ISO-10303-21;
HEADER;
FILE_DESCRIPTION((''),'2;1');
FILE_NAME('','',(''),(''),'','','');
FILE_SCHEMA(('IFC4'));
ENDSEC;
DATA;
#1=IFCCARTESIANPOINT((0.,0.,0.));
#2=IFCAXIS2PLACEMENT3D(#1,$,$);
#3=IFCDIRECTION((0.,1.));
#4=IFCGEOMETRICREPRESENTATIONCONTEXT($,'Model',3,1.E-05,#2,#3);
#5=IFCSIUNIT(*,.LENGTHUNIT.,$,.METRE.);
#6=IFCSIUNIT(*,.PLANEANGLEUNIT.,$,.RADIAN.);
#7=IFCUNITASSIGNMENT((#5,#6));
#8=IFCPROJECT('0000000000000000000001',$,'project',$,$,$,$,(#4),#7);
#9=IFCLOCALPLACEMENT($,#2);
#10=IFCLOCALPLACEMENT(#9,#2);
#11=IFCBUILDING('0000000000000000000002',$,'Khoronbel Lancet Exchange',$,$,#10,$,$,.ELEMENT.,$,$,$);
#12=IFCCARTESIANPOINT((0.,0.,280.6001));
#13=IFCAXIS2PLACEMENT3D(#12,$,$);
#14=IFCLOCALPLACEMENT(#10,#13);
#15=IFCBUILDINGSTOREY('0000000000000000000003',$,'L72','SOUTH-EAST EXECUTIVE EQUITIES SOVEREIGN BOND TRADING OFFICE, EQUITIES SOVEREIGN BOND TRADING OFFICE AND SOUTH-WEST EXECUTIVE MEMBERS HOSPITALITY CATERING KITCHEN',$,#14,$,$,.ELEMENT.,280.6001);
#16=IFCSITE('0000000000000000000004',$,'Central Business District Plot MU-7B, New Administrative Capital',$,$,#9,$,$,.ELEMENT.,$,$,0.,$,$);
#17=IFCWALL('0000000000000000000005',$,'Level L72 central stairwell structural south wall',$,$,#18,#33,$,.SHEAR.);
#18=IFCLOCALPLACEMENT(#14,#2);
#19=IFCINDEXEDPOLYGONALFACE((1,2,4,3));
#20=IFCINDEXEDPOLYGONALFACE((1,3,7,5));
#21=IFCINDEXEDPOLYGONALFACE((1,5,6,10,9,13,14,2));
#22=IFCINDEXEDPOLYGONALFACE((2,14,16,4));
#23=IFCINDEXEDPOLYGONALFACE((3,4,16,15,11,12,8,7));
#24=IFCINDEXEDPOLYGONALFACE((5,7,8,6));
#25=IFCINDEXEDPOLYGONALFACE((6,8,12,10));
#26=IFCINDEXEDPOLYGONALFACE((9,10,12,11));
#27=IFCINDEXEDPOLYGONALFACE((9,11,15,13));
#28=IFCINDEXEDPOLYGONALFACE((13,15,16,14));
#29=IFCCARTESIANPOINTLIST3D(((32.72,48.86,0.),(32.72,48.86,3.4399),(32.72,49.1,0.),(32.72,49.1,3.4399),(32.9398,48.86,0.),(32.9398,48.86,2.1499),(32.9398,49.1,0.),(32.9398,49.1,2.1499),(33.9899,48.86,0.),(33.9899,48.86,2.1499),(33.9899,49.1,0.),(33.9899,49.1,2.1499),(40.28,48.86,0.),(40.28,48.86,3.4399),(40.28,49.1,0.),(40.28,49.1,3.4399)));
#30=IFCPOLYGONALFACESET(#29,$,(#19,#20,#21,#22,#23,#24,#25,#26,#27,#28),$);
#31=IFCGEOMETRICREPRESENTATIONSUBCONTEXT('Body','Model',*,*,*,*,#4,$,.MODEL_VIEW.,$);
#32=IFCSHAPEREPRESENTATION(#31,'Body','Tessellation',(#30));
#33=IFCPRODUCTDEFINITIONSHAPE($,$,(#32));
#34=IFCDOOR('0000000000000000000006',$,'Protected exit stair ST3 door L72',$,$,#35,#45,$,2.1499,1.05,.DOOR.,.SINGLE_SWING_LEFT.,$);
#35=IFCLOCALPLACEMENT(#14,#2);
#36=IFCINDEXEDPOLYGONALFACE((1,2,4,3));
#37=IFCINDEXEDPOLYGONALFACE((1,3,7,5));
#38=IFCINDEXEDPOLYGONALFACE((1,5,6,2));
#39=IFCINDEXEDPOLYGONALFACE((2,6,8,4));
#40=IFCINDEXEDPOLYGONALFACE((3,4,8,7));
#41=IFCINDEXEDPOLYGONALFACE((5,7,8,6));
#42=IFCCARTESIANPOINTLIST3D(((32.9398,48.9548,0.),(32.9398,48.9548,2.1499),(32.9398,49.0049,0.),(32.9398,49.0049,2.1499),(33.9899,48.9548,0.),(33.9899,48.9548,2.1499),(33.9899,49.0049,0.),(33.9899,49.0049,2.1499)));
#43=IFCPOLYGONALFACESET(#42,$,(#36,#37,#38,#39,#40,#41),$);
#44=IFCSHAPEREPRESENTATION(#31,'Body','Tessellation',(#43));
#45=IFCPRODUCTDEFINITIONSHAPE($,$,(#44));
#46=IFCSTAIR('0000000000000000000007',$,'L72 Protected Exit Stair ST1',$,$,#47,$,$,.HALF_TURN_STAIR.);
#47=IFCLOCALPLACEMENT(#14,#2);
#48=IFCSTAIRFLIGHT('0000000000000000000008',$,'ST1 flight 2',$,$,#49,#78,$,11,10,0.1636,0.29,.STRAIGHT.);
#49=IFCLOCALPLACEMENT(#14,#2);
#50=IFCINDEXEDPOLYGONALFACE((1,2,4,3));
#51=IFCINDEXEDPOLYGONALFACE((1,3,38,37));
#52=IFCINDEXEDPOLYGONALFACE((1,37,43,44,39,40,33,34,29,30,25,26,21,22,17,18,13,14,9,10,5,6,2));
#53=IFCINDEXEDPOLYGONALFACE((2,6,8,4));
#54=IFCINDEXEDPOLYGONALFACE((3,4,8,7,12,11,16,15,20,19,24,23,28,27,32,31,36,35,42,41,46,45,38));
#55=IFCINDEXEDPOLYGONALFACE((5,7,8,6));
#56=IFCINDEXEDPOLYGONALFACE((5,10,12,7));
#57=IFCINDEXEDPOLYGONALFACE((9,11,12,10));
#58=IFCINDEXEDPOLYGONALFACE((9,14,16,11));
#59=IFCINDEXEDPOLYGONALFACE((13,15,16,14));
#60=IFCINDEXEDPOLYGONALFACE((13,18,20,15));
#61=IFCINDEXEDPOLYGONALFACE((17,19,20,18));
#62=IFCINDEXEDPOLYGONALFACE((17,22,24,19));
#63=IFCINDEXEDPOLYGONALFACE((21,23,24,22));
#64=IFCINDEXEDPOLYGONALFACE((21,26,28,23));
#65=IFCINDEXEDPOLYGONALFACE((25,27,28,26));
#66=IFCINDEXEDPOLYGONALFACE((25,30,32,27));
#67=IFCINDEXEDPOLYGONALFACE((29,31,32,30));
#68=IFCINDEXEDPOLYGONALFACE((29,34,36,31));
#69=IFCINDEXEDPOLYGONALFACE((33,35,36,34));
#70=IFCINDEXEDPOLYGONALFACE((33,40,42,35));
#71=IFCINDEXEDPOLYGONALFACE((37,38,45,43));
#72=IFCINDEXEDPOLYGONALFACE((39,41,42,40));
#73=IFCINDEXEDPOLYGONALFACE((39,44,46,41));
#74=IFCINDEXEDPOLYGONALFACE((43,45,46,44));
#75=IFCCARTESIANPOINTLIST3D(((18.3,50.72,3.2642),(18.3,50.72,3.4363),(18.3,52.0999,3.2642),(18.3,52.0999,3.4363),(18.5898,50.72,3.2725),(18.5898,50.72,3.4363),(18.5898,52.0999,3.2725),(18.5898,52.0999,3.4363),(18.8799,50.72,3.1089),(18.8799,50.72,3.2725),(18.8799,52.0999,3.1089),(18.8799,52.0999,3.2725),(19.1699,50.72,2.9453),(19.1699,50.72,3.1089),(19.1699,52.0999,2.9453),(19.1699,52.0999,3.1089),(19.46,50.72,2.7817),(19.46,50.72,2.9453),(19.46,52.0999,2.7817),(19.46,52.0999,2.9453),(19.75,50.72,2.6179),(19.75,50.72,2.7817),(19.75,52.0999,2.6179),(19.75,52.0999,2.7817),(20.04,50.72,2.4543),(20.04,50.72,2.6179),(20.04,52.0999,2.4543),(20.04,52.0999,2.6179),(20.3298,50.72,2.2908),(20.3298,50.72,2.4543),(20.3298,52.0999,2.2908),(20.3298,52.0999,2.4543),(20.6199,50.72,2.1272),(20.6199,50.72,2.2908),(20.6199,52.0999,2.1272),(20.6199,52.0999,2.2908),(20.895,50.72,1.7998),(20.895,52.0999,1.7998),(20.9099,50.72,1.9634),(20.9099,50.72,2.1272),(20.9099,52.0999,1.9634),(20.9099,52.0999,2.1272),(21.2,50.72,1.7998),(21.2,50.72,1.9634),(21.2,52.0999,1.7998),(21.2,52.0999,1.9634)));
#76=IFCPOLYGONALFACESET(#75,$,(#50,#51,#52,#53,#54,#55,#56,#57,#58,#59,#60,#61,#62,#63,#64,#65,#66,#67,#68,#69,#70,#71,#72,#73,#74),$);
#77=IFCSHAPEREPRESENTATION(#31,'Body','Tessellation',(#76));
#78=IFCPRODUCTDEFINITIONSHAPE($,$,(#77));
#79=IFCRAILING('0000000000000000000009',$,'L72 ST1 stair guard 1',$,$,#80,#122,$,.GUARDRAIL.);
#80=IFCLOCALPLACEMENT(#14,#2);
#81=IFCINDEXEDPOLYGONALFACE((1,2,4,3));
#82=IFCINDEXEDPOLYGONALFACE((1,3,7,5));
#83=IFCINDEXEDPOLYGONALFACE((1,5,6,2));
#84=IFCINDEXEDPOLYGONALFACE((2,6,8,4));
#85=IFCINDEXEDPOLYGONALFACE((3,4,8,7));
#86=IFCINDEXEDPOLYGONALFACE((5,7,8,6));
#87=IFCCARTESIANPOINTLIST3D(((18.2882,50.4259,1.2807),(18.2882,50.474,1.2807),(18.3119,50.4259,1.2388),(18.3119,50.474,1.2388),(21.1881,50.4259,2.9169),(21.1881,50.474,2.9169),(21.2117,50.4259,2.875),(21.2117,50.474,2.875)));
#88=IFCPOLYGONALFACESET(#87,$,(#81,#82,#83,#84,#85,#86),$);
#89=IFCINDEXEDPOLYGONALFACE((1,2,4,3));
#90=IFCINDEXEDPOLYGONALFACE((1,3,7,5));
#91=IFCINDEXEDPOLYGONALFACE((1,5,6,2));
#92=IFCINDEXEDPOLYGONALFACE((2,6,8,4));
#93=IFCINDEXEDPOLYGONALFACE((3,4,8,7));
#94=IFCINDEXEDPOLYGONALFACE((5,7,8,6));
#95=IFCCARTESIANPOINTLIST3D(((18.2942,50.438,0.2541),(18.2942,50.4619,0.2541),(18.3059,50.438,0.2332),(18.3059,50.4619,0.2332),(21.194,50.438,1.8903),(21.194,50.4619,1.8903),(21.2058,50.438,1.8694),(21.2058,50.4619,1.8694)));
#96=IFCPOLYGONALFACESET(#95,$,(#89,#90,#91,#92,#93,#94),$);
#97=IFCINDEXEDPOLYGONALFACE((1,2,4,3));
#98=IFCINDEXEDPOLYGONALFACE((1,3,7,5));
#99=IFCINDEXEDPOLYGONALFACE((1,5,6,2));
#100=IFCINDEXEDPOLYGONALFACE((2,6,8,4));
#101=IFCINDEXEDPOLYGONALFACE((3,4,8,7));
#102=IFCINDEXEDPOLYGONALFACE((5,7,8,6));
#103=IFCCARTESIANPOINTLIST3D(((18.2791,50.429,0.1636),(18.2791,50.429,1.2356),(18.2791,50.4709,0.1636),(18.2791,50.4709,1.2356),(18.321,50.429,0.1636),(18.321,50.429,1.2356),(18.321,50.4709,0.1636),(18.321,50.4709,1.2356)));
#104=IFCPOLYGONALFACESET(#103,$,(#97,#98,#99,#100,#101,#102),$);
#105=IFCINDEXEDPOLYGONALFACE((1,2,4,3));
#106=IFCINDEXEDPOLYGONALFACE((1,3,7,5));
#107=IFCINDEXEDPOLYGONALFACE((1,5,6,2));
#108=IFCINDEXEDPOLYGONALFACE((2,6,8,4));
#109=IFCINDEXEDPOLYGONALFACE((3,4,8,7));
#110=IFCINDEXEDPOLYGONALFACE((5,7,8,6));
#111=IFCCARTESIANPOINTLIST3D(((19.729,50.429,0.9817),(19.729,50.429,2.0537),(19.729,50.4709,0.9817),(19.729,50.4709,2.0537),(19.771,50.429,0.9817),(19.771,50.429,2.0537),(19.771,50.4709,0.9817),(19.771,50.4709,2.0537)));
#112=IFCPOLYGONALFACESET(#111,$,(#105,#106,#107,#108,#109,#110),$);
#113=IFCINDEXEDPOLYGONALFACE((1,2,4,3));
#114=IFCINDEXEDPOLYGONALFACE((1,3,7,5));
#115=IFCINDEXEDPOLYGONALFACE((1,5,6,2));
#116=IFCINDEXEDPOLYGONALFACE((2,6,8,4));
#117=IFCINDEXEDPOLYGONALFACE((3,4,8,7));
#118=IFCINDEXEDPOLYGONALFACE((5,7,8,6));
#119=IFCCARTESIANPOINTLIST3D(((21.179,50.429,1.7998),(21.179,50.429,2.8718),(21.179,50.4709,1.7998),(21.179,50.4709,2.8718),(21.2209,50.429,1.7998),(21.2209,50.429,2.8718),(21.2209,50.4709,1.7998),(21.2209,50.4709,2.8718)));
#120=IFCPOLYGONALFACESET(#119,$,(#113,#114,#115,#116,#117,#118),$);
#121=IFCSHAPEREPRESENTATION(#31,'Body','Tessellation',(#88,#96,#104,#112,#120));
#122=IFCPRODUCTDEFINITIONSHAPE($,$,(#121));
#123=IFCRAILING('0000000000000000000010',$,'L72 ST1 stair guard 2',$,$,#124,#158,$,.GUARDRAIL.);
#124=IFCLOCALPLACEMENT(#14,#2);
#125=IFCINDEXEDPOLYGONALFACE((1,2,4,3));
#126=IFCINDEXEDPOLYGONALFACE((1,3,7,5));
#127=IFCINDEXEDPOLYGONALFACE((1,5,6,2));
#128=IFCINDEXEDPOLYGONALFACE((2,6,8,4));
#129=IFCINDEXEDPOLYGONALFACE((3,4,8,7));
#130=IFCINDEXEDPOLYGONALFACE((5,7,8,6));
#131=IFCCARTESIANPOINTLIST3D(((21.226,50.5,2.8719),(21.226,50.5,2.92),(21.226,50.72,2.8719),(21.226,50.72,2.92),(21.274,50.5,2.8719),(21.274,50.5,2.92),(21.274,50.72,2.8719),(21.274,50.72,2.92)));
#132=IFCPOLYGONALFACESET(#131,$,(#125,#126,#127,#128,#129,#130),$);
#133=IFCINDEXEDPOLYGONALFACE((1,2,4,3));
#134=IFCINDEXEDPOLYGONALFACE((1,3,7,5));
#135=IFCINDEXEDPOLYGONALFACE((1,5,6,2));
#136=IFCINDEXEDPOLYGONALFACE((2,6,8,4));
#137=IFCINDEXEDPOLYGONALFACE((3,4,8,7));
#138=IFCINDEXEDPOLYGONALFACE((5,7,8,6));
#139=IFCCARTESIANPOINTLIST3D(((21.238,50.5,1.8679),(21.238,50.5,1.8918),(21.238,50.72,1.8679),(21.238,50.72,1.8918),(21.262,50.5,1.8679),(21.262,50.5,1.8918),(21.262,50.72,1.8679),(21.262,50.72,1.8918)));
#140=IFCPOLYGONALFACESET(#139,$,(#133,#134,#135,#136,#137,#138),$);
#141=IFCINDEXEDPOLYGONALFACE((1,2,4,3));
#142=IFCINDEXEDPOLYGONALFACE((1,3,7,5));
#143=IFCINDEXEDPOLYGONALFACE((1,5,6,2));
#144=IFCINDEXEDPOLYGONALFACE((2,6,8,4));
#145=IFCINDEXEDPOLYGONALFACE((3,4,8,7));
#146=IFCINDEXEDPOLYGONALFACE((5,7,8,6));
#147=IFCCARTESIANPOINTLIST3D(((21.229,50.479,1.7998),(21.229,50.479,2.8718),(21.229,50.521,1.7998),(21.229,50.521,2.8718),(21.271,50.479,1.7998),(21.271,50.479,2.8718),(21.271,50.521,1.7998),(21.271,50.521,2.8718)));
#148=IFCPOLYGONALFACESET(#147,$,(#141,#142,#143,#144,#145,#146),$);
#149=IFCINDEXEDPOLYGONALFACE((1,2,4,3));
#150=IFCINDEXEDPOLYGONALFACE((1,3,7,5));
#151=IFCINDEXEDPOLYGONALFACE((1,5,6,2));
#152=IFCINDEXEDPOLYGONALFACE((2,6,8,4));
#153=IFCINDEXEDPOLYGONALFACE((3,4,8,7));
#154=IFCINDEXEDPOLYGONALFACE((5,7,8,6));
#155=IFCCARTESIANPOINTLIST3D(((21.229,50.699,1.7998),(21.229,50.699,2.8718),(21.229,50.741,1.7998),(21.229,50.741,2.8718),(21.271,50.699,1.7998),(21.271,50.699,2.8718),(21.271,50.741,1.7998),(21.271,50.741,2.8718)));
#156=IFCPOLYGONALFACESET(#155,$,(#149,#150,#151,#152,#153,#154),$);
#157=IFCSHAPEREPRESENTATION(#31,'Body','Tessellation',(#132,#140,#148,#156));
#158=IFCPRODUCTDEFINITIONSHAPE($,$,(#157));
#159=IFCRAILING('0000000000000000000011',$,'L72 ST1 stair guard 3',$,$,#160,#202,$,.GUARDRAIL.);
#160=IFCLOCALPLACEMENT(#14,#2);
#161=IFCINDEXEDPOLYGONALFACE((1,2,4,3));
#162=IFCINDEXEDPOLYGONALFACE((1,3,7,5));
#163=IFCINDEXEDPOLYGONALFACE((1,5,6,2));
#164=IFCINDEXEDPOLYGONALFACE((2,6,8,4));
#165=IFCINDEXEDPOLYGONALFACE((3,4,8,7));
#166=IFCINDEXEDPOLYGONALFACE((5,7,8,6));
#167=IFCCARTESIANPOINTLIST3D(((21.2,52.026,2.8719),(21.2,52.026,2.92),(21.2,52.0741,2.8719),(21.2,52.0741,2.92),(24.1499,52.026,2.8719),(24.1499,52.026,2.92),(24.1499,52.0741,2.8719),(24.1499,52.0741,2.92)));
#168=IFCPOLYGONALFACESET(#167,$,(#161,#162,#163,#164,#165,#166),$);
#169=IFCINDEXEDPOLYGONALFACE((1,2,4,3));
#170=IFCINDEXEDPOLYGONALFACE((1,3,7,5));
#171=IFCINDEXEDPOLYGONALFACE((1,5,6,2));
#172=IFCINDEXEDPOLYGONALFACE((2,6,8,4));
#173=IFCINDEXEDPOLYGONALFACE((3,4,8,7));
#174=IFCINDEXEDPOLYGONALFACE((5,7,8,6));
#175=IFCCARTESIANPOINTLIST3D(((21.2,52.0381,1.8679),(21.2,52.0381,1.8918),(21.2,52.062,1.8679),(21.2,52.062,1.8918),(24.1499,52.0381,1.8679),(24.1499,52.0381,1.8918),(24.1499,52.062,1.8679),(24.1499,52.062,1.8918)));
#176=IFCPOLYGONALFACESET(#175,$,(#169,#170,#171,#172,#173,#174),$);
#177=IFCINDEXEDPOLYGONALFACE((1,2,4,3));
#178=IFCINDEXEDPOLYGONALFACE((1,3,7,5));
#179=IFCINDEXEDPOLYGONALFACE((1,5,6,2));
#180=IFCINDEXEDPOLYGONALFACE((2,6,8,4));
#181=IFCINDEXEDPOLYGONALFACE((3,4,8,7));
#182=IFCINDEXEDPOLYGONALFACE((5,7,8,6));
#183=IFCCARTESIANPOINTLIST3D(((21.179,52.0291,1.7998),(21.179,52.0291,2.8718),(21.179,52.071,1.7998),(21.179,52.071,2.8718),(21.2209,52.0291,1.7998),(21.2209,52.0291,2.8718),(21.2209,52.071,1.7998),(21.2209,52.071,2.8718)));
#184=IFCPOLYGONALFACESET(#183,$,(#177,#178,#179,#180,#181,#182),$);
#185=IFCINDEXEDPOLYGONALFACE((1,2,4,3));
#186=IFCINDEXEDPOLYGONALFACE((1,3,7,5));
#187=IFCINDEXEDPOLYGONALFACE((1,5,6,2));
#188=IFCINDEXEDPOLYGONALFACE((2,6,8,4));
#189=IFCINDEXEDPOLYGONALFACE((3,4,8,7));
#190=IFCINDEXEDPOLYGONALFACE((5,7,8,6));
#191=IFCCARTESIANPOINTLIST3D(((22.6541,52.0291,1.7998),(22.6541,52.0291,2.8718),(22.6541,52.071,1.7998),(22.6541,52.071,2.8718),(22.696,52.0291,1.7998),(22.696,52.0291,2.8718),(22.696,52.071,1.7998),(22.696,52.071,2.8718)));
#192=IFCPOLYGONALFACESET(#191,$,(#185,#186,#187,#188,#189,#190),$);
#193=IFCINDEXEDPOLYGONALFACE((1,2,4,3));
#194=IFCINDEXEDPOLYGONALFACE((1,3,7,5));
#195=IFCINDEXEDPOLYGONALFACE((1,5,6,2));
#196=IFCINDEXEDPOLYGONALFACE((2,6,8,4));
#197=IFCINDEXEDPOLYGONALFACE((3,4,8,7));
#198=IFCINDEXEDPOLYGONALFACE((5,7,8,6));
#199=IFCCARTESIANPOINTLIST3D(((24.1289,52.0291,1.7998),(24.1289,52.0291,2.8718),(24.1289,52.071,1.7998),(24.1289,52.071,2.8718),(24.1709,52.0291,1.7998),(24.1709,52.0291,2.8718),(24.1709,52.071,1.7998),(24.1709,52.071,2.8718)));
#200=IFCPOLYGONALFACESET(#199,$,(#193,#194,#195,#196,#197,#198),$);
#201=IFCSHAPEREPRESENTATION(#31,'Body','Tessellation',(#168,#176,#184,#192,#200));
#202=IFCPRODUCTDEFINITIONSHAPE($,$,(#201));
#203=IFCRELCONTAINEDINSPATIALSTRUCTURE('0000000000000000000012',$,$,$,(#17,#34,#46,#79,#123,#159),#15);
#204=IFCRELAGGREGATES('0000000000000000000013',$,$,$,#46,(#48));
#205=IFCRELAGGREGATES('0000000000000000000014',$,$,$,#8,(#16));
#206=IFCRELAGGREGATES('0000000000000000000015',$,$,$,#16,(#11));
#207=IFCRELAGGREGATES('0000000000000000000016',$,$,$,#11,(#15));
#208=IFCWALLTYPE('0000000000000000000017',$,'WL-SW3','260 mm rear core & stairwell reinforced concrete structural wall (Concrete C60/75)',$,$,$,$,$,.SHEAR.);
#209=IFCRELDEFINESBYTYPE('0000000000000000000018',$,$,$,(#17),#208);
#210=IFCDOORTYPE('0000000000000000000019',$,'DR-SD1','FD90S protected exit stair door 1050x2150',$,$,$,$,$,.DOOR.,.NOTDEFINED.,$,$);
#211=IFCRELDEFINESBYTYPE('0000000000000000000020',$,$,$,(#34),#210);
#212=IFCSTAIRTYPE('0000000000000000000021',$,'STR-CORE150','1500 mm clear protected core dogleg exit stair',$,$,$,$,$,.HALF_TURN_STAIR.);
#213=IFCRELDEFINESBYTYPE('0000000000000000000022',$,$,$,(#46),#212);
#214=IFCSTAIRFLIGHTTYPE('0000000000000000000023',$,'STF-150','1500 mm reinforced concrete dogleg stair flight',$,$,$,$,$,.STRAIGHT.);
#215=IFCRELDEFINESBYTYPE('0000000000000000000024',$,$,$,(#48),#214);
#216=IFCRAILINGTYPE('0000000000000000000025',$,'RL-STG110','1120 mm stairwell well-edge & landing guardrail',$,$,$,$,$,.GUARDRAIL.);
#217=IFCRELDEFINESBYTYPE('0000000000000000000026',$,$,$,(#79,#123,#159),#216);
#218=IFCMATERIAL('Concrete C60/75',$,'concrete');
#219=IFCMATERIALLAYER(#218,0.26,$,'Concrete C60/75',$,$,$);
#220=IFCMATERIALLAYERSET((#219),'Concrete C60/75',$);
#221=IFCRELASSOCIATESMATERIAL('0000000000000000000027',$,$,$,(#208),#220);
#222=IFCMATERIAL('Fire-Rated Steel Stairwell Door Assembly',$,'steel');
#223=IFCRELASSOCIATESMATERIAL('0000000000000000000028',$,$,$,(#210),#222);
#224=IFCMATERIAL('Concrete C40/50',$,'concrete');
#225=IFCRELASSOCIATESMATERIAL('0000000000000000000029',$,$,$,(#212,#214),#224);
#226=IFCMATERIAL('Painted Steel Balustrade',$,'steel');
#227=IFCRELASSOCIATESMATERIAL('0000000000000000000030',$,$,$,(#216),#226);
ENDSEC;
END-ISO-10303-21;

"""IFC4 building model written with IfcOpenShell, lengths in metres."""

from ifc_helpers import new_model, si_unit, direction, frame, frame_2d, origin, origin_2d, place, context, subcontext, project, spatial, polyline, rectangle, outline, extrude, material, layer, layer_set, type_object, element, fill, aggregate, save


model = new_model("IFC4")

# Units and contexts
model_context = context("Model", 3, precision=1e-05, world=origin(), true_north=direction((0.0, 1.0)))
body_context = subcontext(model_context, "Body", "Model", "MODEL_VIEW")
ifc_project = project(units=[si_unit("LENGTHUNIT", "METRE"), si_unit("PLANEANGLEUNIT", "RADIAN")], contexts=[model_context])

# Site, building, storey
site_placement = place(None, origin())
site = spatial("IfcSite", under=ifc_project, at=site_placement, Name="Central Business District Plot MU-7B, New Administrative Capital", CompositionType="ELEMENT", RefElevation=0.0)
building_placement = place(site_placement, origin())
building = spatial("IfcBuilding", under=site, at=building_placement, Name="Khoronbel Lancet Exchange", CompositionType="ELEMENT")
storey_placement = place(building_placement, frame((0.0, 0.0, 280.6001)))
storey = spatial("IfcBuildingStorey", under=building, at=storey_placement, Name="L72", Description="SOUTH-EAST EXECUTIVE EQUITIES SOVEREIGN BOND TRADING OFFICE, EQUITIES SOVEREIGN BOND TRADING OFFICE AND SOUTH-WEST EXECUTIVE MEMBERS HOSPITALITY CATERING KITCHEN", CompositionType="ELEMENT", Elevation=280.6001)

# Shared definitions
ifc_material_1 = material(Name="Concrete C60/75", Category="concrete")
ifc_layer_1 = layer(ifc_material_1, 0.26, Name="Concrete C60/75")
ifc_layer_set_1 = layer_set([ifc_layer_1], Name="Concrete C60/75")
wall_type_1 = type_object("IfcWallType", Name="WL-SW3", Description="260 mm rear core & stairwell reinforced concrete structural wall (Concrete C60/75)", PredefinedType="SHEAR", material=ifc_layer_set_1)

# Wall, opening, door
wall_1_placement = place(storey_placement, frame((32.72, 48.98, 0.0), z_axis=(0.0, 0.0, 1.0), x_axis=(1.0, 0.0, 0.0)))
wall_1 = element("IfcWall", 1, at=wall_1_placement, inside=storey, type_object=wall_type_1, Name="Level L72 central stairwell structural south wall", PredefinedType="SHEAR", context=body_context, shape_type="SweptSolid", body=[
    extrude(rectangle(XDim=7.5601, YDim=0.24, at=frame_2d((3.78, 0.0))), origin(), (0.0, 0.0, 1.0), 3.4399),
])
opening_1_placement = place(wall_1_placement, frame((0.22, 0.0, 0.0)))
opening_1 = element("IfcOpeningElement", 2, at=opening_1_placement, cuts=wall_1, PredefinedType="OPENING", context=body_context, shape_type="SweptSolid", body=[
    extrude(rectangle(XDim=1.05, YDim=2.1499, at=frame_2d((0.5249, 1.075))), frame((0.0, 0.1299, 0.0), z_axis=(0.0, -1.0, 0.0), x_axis=(1.0, 0.0, 0.0)), (0.0, 0.0, 1.0), 0.26),
])
ifc_material_2 = material(Name="Fire-Rated Steel Stairwell Door Assembly", Category="steel")
door_type_1 = type_object("IfcDoorType", Name="DR-SD1", Description="FD90S protected exit stair door 1050x2150", OperationType="NOTDEFINED", PredefinedType="DOOR", material=ifc_material_2)
door_1_placement = place(opening_1_placement, origin())
door_1 = element("IfcDoor", 3, at=door_1_placement, inside=storey, type_object=door_type_1, Name="Protected exit stair ST3 door L72", OperationType="SINGLE_SWING_LEFT", OverallHeight=2.1499, OverallWidth=1.05, PredefinedType="DOOR", context=body_context, shape_type="SweptSolid", body=[
    extrude(rectangle(XDim=1.05, YDim=2.1499, at=frame_2d((0.5249, 1.075))), frame((0.0, 0.0249, 0.0), z_axis=(0.0, -1.0, 0.0), x_axis=(1.0, 0.0, 0.0)), (0.0, 0.0, 1.0), 0.05),
])
fill(opening_1, door_1)

# Stair, stair flight
ifc_material_3 = material(Name="Concrete C40/50", Category="concrete")
stair_type = type_object("IfcStairType", Name="STR-CORE150", Description="1500 mm clear protected core dogleg exit stair", PredefinedType="HALF_TURN_STAIR", material=ifc_material_3)
stair_placement = place(storey_placement, origin())
stair = element("IfcStair", 4, at=stair_placement, inside=storey, type_object=stair_type, Name="L72 Protected Exit Stair ST1", PredefinedType="HALF_TURN_STAIR")
stair_flight_type = type_object("IfcStairFlightType", Name="STF-150", Description="1500 mm reinforced concrete dogleg stair flight", PredefinedType="STRAIGHT", material=ifc_material_3)
stair_flight_placement = place(storey_placement, frame((21.2, 51.4099, 1.7998), z_axis=(0.0, 0.0, 1.0), x_axis=(-1.0, 0.0, 0.0)))
stair_flight = element("IfcStairFlight", 5, at=stair_flight_placement, type_object=stair_flight_type, Name="ST1 flight 2", NumberOfRisers=11, NumberOfTreads=10, PredefinedType="STRAIGHT", RiserHeight=0.1636, TreadLength=0.29, context=body_context, shape_type="SweptSolid", body=[
    extrude(outline(polyline([(0.0, 0.0), (0.0, 0.1636), (0.29, 0.1636), (0.29, 0.3274), (0.5801, 0.3274), (0.5801, 0.491), (0.8701, 0.491), (0.8701, 0.6545), (1.1599, 0.6545), (1.1599, 0.8181), (1.45, 0.8181), (1.45, 0.9819), (1.74, 0.9819), (1.74, 1.1455), (2.03, 1.1455), (2.03, 1.3091), (2.3201, 1.3091), (2.3201, 1.4727), (2.6101, 1.4727), (2.6101, 1.6365), (2.8999, 1.6365), (2.8999, 1.8), (2.8999, 1.4644), (0.3049, 0.0), (0.0, 0.0)])), frame((0.0, 0.6899, 0.0), z_axis=(0.0, -1.0, 0.0), x_axis=(1.0, 0.0, 0.0)), (0.0, 0.0, 1.0), 1.3799),
])
aggregate(stair, [stair_flight])

# Railings
ifc_material_4 = material(Name="Painted Steel Balustrade", Category="steel")
railing_type_1 = type_object("IfcRailingType", Name="RL-STG110", Description="1120 mm stairwell well-edge & landing guardrail", PredefinedType="GUARDRAIL", material=ifc_material_4)
railing_1_placement = place(storey_placement, frame((18.3, 50.45, 0.1636)))
element("IfcRailing", 6, at=railing_1_placement, inside=storey, type_object=railing_type_1, Name="L72 ST1 stair guard 1", PredefinedType="GUARDRAIL", context=body_context, shape_type="SweptSolid", body=[
    extrude(rectangle(XDim=0.0481, YDim=0.0481, at=origin_2d()), frame((0.0, 0.0, 1.0962), z_axis=(0.870929, 0.0, 0.49141), x_axis=(0.0, 1.0, 0.0)), (0.0, 0.0, 1.0), 3.3296),
    extrude(rectangle(XDim=0.0239, YDim=0.0239, at=origin_2d()), frame((0.0, 0.0, 0.0801), z_axis=(0.870929, 0.0, 0.49141), x_axis=(0.0, 1.0, 0.0)), (0.0, 0.0, 1.0), 3.3296),
    extrude(rectangle(XDim=0.042, YDim=0.042, at=origin_2d()), origin(), (0.0, 0.0, 1.0), 1.072),
    extrude(rectangle(XDim=0.042, YDim=0.042, at=origin_2d()), frame((1.45, 0.0, 0.8181)), (0.0, 0.0, 1.0), 1.072),
    extrude(rectangle(XDim=0.042, YDim=0.042, at=origin_2d()), frame((2.8999, 0.0, 1.6362)), (0.0, 0.0, 1.0), 1.072),
])
railing_2_placement = place(storey_placement, frame((21.25, 50.5, 1.7998)))
element("IfcRailing", 7, at=railing_2_placement, inside=storey, type_object=railing_type_1, Name="L72 ST1 stair guard 2", PredefinedType="GUARDRAIL", context=body_context, shape_type="SweptSolid", body=[
    extrude(rectangle(XDim=0.0481, YDim=0.0481, at=origin_2d()), frame((0.0, 0.0, 1.0962), z_axis=(0.0, 1.0, 0.0), x_axis=(-1.0, 0.0, 0.0)), (0.0, 0.0, 1.0), 0.22),
    extrude(rectangle(XDim=0.0239, YDim=0.0239, at=origin_2d()), frame((0.0, 0.0, 0.0801), z_axis=(0.0, 1.0, 0.0), x_axis=(-1.0, 0.0, 0.0)), (0.0, 0.0, 1.0), 0.22),
    extrude(rectangle(XDim=0.042, YDim=0.042, at=origin_2d()), origin(), (0.0, 0.0, 1.0), 1.072),
    extrude(rectangle(XDim=0.042, YDim=0.042, at=origin_2d()), frame((0.0, 0.22, 0.0)), (0.0, 0.0, 1.0), 1.072),
])
railing_3_placement = place(storey_placement, frame((21.2, 52.05, 1.7998)))
element("IfcRailing", 8, at=railing_3_placement, inside=storey, type_object=railing_type_1, Name="L72 ST1 stair guard 3", PredefinedType="GUARDRAIL", context=body_context, shape_type="SweptSolid", body=[
    extrude(rectangle(XDim=0.0481, YDim=0.0481, at=origin_2d()), frame((0.0, 0.0, 1.0962), z_axis=(1.0, 0.0, 0.0), x_axis=(0.0, 1.0, 0.0)), (0.0, 0.0, 1.0), 2.95),
    extrude(rectangle(XDim=0.0239, YDim=0.0239, at=origin_2d()), frame((0.0, 0.0, 0.0801), z_axis=(1.0, 0.0, 0.0), x_axis=(0.0, 1.0, 0.0)), (0.0, 0.0, 1.0), 2.95),
    extrude(rectangle(XDim=0.042, YDim=0.042, at=origin_2d()), origin(), (0.0, 0.0, 1.0), 1.072),
    extrude(rectangle(XDim=0.042, YDim=0.042, at=origin_2d()), frame((1.4751, 0.0, 0.0)), (0.0, 0.0, 1.0), 1.072),
    extrude(rectangle(XDim=0.042, YDim=0.042, at=origin_2d()), frame((2.95, 0.0, 0.0)), (0.0, 0.0, 1.0), 1.072),
])

save(model, "model.ifc")
